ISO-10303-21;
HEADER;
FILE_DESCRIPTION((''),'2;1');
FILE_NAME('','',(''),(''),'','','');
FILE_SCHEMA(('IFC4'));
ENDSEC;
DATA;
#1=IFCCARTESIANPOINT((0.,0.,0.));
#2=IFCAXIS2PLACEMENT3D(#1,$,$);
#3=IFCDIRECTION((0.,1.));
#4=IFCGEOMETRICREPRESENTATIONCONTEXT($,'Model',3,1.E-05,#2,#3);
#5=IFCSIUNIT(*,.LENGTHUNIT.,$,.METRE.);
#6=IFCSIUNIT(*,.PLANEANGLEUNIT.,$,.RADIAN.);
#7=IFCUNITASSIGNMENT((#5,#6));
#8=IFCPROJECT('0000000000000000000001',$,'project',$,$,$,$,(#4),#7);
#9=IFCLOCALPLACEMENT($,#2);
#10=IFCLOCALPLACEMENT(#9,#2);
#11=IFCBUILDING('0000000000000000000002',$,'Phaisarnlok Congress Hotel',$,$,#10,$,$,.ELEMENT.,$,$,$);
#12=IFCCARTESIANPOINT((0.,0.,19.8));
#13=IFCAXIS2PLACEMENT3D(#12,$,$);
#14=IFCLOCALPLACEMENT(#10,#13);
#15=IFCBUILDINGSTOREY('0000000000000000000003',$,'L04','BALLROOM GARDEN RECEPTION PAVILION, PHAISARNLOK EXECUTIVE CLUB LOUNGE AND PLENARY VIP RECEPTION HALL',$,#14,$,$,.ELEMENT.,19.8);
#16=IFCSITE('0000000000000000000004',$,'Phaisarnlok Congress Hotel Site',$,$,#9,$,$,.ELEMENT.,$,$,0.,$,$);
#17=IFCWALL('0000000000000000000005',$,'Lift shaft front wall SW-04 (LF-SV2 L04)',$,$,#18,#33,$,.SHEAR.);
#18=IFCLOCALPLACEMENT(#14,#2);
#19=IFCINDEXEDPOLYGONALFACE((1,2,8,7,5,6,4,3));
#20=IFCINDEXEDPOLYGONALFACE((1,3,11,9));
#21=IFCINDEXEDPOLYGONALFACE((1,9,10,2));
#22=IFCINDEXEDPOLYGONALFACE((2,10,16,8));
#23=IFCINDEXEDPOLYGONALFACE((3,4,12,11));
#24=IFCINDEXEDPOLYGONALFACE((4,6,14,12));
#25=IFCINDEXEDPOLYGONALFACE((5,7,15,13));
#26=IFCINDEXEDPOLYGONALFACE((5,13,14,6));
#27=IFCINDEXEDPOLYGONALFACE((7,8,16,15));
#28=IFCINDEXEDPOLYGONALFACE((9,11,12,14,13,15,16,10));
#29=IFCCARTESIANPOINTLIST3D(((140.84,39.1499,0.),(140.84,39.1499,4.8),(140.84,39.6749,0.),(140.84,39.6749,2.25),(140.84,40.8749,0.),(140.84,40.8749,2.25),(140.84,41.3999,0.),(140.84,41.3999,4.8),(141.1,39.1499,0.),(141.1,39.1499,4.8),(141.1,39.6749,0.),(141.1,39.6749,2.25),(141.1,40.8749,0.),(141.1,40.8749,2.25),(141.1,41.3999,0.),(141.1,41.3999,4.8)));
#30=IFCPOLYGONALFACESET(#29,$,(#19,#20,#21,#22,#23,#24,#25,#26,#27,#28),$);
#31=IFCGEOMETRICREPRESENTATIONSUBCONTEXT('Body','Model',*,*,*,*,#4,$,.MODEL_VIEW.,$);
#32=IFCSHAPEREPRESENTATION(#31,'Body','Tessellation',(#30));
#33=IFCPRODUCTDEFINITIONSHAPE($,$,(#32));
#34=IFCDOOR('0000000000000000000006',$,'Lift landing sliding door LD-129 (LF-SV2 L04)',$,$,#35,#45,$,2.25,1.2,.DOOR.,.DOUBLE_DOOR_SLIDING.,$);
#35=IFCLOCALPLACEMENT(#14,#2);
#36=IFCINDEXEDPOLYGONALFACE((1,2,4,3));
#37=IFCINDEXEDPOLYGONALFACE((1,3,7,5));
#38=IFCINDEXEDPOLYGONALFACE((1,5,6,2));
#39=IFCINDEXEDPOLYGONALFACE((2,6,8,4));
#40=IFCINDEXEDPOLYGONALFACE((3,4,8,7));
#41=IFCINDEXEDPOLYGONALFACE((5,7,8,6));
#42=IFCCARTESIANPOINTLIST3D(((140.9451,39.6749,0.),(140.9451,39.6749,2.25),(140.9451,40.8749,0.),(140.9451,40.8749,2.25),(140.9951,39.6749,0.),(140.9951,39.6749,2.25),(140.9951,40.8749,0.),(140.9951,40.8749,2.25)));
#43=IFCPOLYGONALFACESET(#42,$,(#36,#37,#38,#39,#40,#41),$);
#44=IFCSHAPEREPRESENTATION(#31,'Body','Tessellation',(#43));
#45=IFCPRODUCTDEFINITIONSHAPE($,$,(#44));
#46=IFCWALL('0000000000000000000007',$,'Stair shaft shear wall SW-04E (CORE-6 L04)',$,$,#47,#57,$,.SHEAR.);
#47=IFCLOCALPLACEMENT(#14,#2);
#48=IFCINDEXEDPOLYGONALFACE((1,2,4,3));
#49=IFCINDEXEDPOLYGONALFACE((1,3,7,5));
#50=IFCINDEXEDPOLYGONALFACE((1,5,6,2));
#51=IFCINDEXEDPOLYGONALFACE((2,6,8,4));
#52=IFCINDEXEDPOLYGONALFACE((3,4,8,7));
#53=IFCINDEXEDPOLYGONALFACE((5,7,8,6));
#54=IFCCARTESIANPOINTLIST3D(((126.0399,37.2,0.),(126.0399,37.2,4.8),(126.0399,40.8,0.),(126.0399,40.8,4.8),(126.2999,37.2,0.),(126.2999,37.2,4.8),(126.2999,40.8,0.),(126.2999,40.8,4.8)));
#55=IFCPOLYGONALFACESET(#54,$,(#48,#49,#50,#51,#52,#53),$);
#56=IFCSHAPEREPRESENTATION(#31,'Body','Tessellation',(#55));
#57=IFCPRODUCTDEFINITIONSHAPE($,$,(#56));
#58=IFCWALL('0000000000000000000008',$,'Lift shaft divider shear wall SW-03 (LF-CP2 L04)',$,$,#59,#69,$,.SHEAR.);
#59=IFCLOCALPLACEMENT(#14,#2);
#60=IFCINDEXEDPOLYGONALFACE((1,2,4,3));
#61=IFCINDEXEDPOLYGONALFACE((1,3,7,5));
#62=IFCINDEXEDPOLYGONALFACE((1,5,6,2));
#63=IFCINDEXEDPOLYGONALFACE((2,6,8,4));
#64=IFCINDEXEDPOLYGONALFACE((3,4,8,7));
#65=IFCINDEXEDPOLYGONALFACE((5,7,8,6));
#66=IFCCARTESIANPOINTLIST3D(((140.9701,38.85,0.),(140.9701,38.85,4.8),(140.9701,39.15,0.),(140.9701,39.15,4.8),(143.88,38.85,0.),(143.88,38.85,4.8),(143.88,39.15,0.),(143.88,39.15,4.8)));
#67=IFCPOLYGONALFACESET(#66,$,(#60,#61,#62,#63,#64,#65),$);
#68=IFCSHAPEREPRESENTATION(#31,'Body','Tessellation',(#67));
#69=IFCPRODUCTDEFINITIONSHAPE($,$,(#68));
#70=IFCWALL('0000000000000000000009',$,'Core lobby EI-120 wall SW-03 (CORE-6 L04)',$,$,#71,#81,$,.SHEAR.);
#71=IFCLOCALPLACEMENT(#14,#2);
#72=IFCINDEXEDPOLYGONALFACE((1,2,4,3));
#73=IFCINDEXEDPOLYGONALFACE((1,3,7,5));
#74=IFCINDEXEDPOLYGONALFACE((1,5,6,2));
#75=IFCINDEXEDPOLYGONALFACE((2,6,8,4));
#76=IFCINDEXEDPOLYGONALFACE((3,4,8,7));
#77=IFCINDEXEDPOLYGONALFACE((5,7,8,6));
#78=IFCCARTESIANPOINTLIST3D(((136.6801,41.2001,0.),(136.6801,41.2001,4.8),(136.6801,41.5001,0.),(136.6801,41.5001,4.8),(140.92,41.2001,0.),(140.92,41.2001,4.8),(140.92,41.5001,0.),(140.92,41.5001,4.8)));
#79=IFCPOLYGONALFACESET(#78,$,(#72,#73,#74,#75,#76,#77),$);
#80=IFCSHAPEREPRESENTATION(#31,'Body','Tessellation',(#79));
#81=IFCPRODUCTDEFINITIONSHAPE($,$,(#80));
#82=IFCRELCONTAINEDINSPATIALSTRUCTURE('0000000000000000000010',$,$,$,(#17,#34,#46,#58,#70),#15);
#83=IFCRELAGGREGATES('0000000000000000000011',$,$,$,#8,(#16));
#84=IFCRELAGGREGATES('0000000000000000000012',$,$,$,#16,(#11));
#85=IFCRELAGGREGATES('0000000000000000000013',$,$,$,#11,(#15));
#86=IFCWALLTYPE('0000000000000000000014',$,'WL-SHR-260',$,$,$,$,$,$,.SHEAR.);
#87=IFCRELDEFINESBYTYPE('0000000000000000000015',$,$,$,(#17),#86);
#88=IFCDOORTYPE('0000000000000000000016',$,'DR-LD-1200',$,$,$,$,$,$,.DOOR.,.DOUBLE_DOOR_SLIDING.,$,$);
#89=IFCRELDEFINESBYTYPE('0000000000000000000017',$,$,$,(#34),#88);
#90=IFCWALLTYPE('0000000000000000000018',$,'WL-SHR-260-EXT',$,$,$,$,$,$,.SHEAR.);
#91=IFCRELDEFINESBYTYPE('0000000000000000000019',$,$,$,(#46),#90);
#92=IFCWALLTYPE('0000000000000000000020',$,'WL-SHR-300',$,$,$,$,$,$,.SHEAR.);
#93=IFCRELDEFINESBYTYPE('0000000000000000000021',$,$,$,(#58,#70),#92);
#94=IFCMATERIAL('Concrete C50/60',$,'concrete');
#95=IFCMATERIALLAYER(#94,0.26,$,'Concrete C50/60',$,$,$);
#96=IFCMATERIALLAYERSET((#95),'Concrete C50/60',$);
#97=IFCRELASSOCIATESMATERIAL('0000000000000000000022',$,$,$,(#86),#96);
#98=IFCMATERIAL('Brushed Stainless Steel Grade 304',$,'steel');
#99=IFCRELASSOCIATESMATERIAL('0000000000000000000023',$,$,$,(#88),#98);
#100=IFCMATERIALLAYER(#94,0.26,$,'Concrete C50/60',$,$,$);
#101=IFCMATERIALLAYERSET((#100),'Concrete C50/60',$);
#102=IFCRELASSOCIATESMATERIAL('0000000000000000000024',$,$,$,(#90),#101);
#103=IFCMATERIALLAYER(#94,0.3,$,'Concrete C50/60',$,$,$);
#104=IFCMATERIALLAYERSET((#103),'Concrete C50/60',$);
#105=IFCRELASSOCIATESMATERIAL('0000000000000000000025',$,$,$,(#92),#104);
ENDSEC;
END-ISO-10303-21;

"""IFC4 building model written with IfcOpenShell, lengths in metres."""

from ifc_helpers import new_model, si_unit, direction, frame, frame_2d, origin, place, context, subcontext, project, spatial, rectangle, extrude, material, layer, layer_set, type_object, element, fill, save


model = new_model("IFC4")

# Units and contexts
model_context = context("Model", 3, precision=1e-05, world=origin(), true_north=direction((0.0, 1.0)))
body_context = subcontext(model_context, "Body", "Model", "MODEL_VIEW")
ifc_project = project(units=[si_unit("LENGTHUNIT", "METRE"), si_unit("PLANEANGLEUNIT", "RADIAN")], contexts=[model_context])

# Site, building, storey
site_placement = place(None, origin())
site = spatial("IfcSite", under=ifc_project, at=site_placement, Name="Phaisarnlok Congress Hotel Site", CompositionType="ELEMENT", RefElevation=0.0)
building_placement = place(site_placement, origin())
building = spatial("IfcBuilding", under=site, at=building_placement, Name="Phaisarnlok Congress Hotel", CompositionType="ELEMENT")
storey_placement = place(building_placement, frame((0.0, 0.0, 19.8)))
storey = spatial("IfcBuildingStorey", under=building, at=storey_placement, Name="L04", Description="BALLROOM GARDEN RECEPTION PAVILION, PHAISARNLOK EXECUTIVE CLUB LOUNGE AND PLENARY VIP RECEPTION HALL", CompositionType="ELEMENT", Elevation=19.8)

# Shared definitions
ifc_material_1 = material(Name="Concrete C50/60", Category="concrete")

# Shared definitions
ifc_layer_1 = layer(ifc_material_1, 0.26, Name="Concrete C50/60")
ifc_layer_set_1 = layer_set([ifc_layer_1], Name="Concrete C50/60")
wall_type_1 = type_object("IfcWallType", Name="WL-SHR-260", PredefinedType="SHEAR", material=ifc_layer_set_1)

# Wall, opening, door
wall_1_placement = place(storey_placement, frame((140.97, 39.1499, 0.0), z_axis=(0.0, 0.0, 1.0), x_axis=(0.0, 1.0, 0.0)))
wall_1 = element("IfcWall", 1, at=wall_1_placement, inside=storey, type_object=wall_type_1, Name="Lift shaft front wall SW-04 (LF-SV2 L04)", PredefinedType="SHEAR", context=body_context, shape_type="SweptSolid", body=[
    extrude(rectangle(XDim=2.25, YDim=0.26, at=frame_2d((1.125, 0.0))), origin(), (0.0, 0.0, 1.0), 4.8),
])
opening_1_placement = place(wall_1_placement, frame((0.5249, 0.0, 0.0)))
opening_1 = element("IfcOpeningElement", 2, at=opening_1_placement, cuts=wall_1, PredefinedType="OPENING", context=body_context, shape_type="SweptSolid", body=[
    extrude(rectangle(XDim=1.2, YDim=2.25, at=frame_2d((0.6001, 1.125))), frame((0.0, 0.1401, 0.0), z_axis=(0.0, -1.0, 0.0), x_axis=(1.0, 0.0, 0.0)), (0.0, 0.0, 1.0), 0.28),
])
ifc_material_2 = material(Name="Brushed Stainless Steel Grade 304", Category="steel")
door_type_1 = type_object("IfcDoorType", Name="DR-LD-1200", OperationType="DOUBLE_DOOR_SLIDING", PredefinedType="DOOR", material=ifc_material_2)
door_1_placement = place(opening_1_placement, origin())
door_1 = element("IfcDoor", 3, at=door_1_placement, inside=storey, type_object=door_type_1, Name="Lift landing sliding door LD-129 (LF-SV2 L04)", OperationType="DOUBLE_DOOR_SLIDING", OverallHeight=2.25, OverallWidth=1.2, PredefinedType="DOOR", context=body_context, shape_type="SweptSolid", body=[
    extrude(rectangle(XDim=1.2, YDim=2.25, at=frame_2d((0.6001, 1.125))), frame((0.0, 0.0249, 0.0), z_axis=(0.0, -1.0, 0.0), x_axis=(1.0, 0.0, 0.0)), (0.0, 0.0, 1.0), 0.05),
])
fill(opening_1, door_1)

# Walls
ifc_layer_2 = layer(ifc_material_1, 0.26, Name="Concrete C50/60")
ifc_layer_set_2 = layer_set([ifc_layer_2], Name="Concrete C50/60")
wall_type_2 = type_object("IfcWallType", Name="WL-SHR-260-EXT", PredefinedType="SHEAR", material=ifc_layer_set_2)
wall_2_placement = place(storey_placement, frame((126.1699, 37.2, 0.0), z_axis=(0.0, 0.0, 1.0), x_axis=(0.0, 1.0, 0.0)))
element("IfcWall", 4, at=wall_2_placement, inside=storey, type_object=wall_type_2, Name="Stair shaft shear wall SW-04E (CORE-6 L04)", PredefinedType="SHEAR", context=body_context, shape_type="SweptSolid", body=[
    extrude(rectangle(XDim=3.6001, YDim=0.26, at=frame_2d((1.8, 0.0))), origin(), (0.0, 0.0, 1.0), 4.8),
])
ifc_layer_3 = layer(ifc_material_1, 0.3, Name="Concrete C50/60")
ifc_layer_set_3 = layer_set([ifc_layer_3], Name="Concrete C50/60")
wall_type_3 = type_object("IfcWallType", Name="WL-SHR-300", PredefinedType="SHEAR", material=ifc_layer_set_3)
wall_3_placement = place(storey_placement, frame((140.97, 39.0, 0.0), z_axis=(0.0, 0.0, 1.0), x_axis=(1.0, 0.0, 0.0)))
element("IfcWall", 5, at=wall_3_placement, inside=storey, type_object=wall_type_3, Name="Lift shaft divider shear wall SW-03 (LF-CP2 L04)", PredefinedType="SHEAR", context=body_context, shape_type="SweptSolid", body=[
    extrude(rectangle(XDim=2.9099, YDim=0.3, at=frame_2d((1.4551, 0.0))), origin(), (0.0, 0.0, 1.0), 4.8),
])
wall_4_placement = place(storey_placement, frame((136.6799, 41.3501, 0.0), z_axis=(0.0, 0.0, 1.0), x_axis=(1.0, 0.0, 0.0)))
element("IfcWall", 6, at=wall_4_placement, inside=storey, type_object=wall_type_3, Name="Core lobby EI-120 wall SW-03 (CORE-6 L04)", PredefinedType="SHEAR", context=body_context, shape_type="SweptSolid", body=[
    extrude(rectangle(XDim=4.24, YDim=0.3, at=frame_2d((2.1201, 0.0))), origin(), (0.0, 0.0, 1.0), 4.8),
])

save(model, "model.ifc")
